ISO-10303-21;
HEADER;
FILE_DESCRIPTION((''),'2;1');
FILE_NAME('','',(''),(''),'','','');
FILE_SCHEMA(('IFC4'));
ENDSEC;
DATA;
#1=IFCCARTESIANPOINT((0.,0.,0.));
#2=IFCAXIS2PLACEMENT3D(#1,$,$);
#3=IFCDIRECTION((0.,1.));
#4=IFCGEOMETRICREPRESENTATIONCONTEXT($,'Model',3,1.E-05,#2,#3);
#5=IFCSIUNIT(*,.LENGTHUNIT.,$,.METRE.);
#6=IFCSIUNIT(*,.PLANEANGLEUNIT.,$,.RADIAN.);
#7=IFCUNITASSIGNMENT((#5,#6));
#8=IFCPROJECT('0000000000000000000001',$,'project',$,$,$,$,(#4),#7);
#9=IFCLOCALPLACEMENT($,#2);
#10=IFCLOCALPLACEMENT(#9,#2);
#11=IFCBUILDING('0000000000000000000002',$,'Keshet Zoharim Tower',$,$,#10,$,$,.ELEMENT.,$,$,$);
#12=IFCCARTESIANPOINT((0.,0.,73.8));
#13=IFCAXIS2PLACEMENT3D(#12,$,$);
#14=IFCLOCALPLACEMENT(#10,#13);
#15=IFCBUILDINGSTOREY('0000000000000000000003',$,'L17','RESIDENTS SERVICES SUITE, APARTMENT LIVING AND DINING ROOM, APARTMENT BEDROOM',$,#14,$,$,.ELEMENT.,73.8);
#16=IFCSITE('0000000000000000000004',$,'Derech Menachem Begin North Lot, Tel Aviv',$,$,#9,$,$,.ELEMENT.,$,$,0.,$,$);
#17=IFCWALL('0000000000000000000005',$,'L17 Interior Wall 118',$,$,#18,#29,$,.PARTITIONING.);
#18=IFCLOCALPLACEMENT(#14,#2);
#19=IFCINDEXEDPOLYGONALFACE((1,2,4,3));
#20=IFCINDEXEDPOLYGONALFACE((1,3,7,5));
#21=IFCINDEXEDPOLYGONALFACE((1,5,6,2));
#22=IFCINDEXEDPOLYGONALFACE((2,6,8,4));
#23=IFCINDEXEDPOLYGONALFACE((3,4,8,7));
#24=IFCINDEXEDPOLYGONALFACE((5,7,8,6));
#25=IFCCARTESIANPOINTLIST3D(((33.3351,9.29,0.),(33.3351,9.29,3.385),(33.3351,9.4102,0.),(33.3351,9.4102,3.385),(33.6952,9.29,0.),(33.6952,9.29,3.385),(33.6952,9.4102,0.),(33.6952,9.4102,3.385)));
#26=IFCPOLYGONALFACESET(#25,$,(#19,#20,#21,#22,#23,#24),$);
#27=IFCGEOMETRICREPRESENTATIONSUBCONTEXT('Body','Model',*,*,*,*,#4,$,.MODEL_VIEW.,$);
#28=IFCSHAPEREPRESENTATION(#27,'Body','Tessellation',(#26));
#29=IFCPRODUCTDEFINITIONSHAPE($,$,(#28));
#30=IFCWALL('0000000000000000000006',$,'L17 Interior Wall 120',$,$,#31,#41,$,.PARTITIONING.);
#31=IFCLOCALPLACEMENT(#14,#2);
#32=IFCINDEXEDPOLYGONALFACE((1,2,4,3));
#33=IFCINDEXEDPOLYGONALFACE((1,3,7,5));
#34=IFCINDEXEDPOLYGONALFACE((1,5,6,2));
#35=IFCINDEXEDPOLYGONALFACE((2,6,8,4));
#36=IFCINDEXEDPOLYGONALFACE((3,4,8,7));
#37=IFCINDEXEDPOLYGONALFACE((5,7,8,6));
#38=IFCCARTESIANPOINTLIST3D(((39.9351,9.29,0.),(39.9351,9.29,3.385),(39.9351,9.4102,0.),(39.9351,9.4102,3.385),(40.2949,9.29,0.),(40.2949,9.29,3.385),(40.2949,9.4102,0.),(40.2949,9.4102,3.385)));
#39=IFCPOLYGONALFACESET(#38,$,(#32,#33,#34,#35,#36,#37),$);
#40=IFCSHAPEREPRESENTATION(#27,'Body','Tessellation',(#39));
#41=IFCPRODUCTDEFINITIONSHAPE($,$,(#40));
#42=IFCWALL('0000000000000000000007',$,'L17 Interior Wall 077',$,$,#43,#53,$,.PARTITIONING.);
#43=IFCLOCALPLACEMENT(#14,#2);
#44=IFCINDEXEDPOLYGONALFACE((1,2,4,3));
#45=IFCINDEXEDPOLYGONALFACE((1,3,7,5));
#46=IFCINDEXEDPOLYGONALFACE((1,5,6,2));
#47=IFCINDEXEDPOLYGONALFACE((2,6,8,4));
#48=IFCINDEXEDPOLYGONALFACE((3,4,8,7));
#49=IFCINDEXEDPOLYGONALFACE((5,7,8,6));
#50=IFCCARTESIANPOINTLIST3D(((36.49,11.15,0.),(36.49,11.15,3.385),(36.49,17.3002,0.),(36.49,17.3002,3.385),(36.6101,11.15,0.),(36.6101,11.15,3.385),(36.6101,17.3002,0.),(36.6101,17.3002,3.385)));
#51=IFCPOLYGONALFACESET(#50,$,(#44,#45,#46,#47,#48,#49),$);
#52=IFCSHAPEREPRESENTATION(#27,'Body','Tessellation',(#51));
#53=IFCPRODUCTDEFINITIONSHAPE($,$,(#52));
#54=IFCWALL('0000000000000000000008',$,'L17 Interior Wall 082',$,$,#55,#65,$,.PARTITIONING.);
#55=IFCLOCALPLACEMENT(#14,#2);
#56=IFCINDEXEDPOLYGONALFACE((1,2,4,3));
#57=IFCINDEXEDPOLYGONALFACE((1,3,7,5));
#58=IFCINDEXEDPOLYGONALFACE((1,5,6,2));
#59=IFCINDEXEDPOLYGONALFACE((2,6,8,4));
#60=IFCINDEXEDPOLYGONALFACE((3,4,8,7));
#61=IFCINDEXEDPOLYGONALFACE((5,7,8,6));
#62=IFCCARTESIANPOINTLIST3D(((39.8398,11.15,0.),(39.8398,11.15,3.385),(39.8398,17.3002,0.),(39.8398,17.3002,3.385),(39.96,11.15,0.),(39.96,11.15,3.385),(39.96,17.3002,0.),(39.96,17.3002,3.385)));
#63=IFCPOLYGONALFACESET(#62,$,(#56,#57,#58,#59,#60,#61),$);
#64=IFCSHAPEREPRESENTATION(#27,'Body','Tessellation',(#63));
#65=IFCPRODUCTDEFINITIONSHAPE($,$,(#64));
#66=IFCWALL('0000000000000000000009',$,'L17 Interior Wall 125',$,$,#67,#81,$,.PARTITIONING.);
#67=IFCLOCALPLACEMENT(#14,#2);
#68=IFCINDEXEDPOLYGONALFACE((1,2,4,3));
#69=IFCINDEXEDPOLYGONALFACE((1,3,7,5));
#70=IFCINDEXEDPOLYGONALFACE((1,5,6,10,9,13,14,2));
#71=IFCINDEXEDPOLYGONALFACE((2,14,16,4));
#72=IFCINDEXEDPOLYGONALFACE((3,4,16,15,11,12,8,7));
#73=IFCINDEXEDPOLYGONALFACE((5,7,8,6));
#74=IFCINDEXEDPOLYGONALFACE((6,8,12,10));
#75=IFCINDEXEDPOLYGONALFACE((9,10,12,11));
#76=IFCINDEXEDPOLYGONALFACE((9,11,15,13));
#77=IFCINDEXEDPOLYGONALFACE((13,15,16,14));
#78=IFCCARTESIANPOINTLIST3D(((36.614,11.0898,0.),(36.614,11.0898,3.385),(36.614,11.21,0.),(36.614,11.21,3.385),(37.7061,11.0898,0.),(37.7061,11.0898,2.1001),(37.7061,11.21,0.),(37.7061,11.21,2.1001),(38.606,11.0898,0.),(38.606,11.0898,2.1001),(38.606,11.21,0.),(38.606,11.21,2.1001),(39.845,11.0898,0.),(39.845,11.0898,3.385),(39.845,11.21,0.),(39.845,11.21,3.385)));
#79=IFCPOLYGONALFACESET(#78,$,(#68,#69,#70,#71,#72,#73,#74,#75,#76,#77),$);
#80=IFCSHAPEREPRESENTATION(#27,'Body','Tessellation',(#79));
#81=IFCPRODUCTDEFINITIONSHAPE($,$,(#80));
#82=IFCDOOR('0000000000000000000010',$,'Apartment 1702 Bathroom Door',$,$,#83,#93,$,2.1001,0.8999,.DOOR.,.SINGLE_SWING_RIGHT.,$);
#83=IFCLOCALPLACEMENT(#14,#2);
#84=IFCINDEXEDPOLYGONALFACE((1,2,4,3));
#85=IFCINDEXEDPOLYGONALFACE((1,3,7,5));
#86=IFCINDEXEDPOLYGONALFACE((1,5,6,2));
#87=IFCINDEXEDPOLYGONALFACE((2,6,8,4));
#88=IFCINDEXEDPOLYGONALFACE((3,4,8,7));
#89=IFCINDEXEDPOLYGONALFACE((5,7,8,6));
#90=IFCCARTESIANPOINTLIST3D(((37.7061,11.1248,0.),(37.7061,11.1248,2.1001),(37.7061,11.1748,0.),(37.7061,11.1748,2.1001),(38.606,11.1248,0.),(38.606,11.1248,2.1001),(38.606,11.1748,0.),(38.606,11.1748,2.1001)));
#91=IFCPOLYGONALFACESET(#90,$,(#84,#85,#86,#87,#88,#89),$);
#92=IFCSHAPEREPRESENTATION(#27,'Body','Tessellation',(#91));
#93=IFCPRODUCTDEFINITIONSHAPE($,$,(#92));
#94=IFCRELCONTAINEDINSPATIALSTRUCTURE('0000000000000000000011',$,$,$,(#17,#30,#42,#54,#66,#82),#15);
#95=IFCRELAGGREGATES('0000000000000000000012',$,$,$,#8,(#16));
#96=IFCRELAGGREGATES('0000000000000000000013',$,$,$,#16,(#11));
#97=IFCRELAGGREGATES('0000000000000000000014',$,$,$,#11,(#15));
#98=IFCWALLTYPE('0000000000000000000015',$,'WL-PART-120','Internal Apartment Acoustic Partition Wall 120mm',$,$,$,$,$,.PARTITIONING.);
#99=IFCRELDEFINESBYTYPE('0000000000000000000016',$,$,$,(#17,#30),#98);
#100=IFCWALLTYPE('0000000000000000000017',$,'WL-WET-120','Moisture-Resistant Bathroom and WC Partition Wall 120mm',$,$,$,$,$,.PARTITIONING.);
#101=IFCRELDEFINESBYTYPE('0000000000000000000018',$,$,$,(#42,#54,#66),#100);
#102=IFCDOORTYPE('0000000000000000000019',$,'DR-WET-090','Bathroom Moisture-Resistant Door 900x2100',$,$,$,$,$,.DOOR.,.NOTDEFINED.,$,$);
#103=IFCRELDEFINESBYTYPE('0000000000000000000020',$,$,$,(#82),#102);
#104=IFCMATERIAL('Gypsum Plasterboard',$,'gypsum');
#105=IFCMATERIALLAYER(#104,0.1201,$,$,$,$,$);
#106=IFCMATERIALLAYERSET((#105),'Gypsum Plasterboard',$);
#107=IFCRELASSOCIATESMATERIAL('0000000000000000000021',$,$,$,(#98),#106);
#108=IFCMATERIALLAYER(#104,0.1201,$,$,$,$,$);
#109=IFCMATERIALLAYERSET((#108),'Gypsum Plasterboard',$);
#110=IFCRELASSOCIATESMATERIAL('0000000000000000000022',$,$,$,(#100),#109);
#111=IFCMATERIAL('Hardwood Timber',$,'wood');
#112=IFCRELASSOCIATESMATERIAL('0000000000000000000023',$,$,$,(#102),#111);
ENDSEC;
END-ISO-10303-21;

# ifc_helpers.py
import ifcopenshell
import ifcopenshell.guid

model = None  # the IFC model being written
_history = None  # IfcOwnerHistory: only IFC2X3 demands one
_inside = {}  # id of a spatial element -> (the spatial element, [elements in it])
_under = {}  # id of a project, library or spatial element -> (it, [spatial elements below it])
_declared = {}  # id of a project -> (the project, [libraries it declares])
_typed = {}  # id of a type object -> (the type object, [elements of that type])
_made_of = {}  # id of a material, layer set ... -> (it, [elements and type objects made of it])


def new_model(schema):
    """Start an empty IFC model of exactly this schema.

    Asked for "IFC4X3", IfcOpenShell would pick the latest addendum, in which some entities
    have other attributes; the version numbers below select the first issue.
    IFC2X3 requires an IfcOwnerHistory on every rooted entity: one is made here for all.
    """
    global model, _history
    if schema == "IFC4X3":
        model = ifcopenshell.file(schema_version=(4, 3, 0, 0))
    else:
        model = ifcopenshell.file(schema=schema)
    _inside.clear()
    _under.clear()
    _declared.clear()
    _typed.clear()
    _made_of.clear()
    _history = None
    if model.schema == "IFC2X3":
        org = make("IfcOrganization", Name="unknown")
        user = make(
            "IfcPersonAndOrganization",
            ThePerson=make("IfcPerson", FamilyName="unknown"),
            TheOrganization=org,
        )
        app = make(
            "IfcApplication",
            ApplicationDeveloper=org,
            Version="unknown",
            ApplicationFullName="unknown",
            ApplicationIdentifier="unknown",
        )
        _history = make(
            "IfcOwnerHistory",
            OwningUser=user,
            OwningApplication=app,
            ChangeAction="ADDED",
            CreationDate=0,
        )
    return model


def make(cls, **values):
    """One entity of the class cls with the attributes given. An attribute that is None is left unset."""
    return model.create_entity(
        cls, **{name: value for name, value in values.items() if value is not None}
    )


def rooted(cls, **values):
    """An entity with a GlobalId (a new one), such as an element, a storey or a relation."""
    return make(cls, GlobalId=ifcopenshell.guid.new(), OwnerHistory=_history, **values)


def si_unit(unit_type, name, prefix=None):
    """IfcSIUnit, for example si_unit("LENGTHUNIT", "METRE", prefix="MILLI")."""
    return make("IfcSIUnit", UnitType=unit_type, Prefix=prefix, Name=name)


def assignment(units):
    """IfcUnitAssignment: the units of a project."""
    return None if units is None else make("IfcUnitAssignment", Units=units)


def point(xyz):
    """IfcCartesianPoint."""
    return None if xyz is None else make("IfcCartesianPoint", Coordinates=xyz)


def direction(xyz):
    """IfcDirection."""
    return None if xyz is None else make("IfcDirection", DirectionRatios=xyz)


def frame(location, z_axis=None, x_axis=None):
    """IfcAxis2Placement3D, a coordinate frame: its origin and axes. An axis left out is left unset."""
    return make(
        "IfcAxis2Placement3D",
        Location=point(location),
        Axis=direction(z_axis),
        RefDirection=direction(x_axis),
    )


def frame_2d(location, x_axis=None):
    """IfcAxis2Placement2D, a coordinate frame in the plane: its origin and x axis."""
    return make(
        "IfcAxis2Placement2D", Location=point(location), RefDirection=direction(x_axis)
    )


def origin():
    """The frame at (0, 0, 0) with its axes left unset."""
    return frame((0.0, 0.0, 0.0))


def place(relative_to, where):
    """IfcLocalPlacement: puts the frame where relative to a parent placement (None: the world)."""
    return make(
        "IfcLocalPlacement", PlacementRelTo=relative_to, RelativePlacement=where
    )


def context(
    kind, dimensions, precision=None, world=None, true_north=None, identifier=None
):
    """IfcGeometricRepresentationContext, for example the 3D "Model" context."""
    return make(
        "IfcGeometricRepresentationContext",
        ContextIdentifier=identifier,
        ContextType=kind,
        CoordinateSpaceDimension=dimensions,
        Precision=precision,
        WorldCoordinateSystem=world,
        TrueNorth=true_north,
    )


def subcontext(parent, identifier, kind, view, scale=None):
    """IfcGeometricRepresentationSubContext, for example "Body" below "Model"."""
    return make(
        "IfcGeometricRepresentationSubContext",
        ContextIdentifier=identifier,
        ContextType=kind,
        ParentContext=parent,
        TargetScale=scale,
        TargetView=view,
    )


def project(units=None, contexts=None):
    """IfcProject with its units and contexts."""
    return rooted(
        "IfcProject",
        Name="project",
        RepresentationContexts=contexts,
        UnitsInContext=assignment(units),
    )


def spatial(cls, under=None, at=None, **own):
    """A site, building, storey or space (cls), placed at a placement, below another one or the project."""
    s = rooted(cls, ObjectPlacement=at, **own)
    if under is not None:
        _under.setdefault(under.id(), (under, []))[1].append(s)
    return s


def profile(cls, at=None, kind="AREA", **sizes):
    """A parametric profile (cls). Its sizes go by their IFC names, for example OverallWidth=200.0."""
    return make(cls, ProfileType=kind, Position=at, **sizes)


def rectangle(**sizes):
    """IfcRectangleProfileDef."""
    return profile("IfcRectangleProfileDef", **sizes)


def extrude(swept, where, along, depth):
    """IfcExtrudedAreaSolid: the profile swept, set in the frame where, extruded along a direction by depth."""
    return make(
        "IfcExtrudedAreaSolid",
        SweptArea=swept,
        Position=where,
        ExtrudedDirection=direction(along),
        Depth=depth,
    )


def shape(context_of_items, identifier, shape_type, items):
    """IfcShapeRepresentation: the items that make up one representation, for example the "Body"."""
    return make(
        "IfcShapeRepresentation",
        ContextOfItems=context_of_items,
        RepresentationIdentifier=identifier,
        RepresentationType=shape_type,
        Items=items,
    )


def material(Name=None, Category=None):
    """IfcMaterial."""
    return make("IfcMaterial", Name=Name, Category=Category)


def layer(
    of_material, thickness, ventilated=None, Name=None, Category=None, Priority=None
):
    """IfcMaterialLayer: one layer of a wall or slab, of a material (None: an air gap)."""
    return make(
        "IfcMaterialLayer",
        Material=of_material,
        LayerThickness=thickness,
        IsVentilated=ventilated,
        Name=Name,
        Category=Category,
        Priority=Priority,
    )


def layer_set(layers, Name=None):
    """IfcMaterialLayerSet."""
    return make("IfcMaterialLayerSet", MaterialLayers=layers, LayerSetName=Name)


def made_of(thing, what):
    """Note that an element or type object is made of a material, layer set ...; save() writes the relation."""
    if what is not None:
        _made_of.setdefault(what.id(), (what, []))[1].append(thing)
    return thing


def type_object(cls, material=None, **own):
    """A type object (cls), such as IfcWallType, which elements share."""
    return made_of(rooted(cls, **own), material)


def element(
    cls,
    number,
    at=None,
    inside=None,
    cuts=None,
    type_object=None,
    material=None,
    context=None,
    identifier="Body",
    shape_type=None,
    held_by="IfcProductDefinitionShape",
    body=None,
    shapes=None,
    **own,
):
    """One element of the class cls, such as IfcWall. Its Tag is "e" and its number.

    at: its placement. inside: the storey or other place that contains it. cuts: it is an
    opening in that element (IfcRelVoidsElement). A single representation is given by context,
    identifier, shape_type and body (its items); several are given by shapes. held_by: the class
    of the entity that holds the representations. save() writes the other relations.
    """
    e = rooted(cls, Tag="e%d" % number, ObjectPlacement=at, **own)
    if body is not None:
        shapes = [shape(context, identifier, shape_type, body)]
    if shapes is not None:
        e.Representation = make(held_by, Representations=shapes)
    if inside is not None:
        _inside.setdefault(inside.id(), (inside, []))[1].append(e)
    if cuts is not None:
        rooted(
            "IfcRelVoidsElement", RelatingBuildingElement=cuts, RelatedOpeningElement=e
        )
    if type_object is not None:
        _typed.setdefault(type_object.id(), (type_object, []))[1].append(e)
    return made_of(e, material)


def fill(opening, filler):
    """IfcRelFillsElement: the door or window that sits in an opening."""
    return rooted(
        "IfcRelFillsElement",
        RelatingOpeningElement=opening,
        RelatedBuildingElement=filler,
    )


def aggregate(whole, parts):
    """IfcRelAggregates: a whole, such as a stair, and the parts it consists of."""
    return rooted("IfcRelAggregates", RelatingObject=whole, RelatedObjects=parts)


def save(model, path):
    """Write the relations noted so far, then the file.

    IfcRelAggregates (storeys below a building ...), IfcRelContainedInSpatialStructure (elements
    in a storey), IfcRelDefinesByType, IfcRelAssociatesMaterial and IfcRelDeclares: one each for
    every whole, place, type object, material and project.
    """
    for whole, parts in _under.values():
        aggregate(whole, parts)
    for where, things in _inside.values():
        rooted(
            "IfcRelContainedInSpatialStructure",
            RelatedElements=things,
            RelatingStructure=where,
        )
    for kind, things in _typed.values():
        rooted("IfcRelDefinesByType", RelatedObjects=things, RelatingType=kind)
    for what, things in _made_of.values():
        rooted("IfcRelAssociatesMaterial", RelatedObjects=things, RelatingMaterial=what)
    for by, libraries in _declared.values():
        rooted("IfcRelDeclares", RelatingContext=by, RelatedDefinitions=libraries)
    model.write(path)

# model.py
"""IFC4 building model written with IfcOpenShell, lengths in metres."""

from ifc_helpers import new_model, si_unit, direction, frame, frame_2d, origin, place, context, subcontext, project, spatial, rectangle, extrude, material, layer, layer_set, type_object, element, fill, save


model = new_model("IFC4")

# Units and contexts
model_context = context("Model", 3, precision=1e-05, world=origin(), true_north=direction((0.0, 1.0)))
body_context = subcontext(model_context, "Body", "Model", "MODEL_VIEW")
ifc_project = project(units=[si_unit("LENGTHUNIT", "METRE"), si_unit("PLANEANGLEUNIT", "RADIAN")], contexts=[model_context])

# Site, building, storey
site_placement = place(None, origin())
site = spatial("IfcSite", under=ifc_project, at=site_placement, Name="Derech Menachem Begin North Lot, Tel Aviv", CompositionType="ELEMENT", RefElevation=0.0)
building_placement = place(site_placement, origin())
building = spatial("IfcBuilding", under=site, at=building_placement, Name="Keshet Zoharim Tower", CompositionType="ELEMENT")
storey_placement = place(building_placement, frame((0.0, 0.0, 73.8)))
storey = spatial("IfcBuildingStorey", under=building, at=storey_placement, Name="L17", Description="RESIDENTS SERVICES SUITE, APARTMENT LIVING AND DINING ROOM, APARTMENT BEDROOM", CompositionType="ELEMENT", Elevation=73.8)

# Shared definitions
ifc_material_1 = material(Name="Gypsum Plasterboard", Category="gypsum")

# Shared definitions
ifc_material_2 = material(Name="Hardwood Timber", Category="wood")

# Wall
ifc_layer_1 = layer(ifc_material_1, 0.1201)
ifc_layer_set_1 = layer_set([ifc_layer_1], Name="Gypsum Plasterboard")
wall_type_1 = type_object("IfcWallType", Name="WL-PART-120", Description="Internal Apartment Acoustic Partition Wall 120mm", PredefinedType="PARTITIONING", material=ifc_layer_set_1)
wall_1_placement = place(storey_placement, frame((33.335, 9.3501, 0.0), z_axis=(0.0, 0.0, 1.0), x_axis=(1.0, 0.0, 0.0)))
element("IfcWall", 1, at=wall_1_placement, inside=storey, type_object=wall_type_1, Name="L17 Interior Wall 118", PredefinedType="PARTITIONING", context=body_context, shape_type="SweptSolid", body=[
    extrude(rectangle(XDim=0.3601, YDim=0.1201, at=frame_2d((0.1802, 0.0))), origin(), (0.0, 0.0, 1.0), 3.385),
])

# Wall
wall_2_placement = place(storey_placement, frame((39.9351, 9.3501, 0.0), z_axis=(0.0, 0.0, 1.0), x_axis=(1.0, 0.0, 0.0)))
element("IfcWall", 2, at=wall_2_placement, inside=storey, type_object=wall_type_1, Name="L17 Interior Wall 120", PredefinedType="PARTITIONING", context=body_context, shape_type="SweptSolid", body=[
    extrude(rectangle(XDim=0.3599, YDim=0.1201, at=frame_2d((0.1799, 0.0))), origin(), (0.0, 0.0, 1.0), 3.385),
])

# Walls
ifc_layer_2 = layer(ifc_material_1, 0.1201)
ifc_layer_set_2 = layer_set([ifc_layer_2], Name="Gypsum Plasterboard")
wall_type_2 = type_object("IfcWallType", Name="WL-WET-120", Description="Moisture-Resistant Bathroom and WC Partition Wall 120mm", PredefinedType="PARTITIONING", material=ifc_layer_set_2)
for number, where, z_axis, x_axis, name in (
    (3, (36.55, 11.1499, 0.0), (0.0, 0.0, 1.0), (0.0, 1.0, 0.0), "L17 Interior Wall 077"),
    (4, (39.8999, 11.1499, 0.0), (0.0, 0.0, 1.0), (0.0, 1.0, 0.0), "L17 Interior Wall 082"),
):
    element("IfcWall", number, at=place(storey_placement, frame(where, z_axis=z_axis, x_axis=x_axis)), inside=storey, type_object=wall_type_2, Name=name, PredefinedType="PARTITIONING", context=body_context, shape_type="SweptSolid", body=[
        extrude(rectangle(XDim=6.1501, YDim=0.1201, at=frame_2d((3.0752, 0.0))), origin(), (0.0, 0.0, 1.0), 3.385),
    ])

# Wall, opening, door
wall_3_placement = place(storey_placement, frame((36.614, 11.1499, 0.0), z_axis=(0.0, 0.0, 1.0), x_axis=(1.0, 0.0, 0.0)))
wall_3 = element("IfcWall", 5, at=wall_3_placement, inside=storey, type_object=wall_type_2, Name="L17 Interior Wall 125", PredefinedType="PARTITIONING", context=body_context, shape_type="SweptSolid", body=[
    extrude(rectangle(XDim=3.231, YDim=0.1201, at=frame_2d((1.6155, 0.0))), origin(), (0.0, 0.0, 1.0), 3.385),
])
opening_1_placement = place(wall_3_placement, frame((1.092, 0.0, 0.0)))
opening_1 = element("IfcOpeningElement", 6, at=opening_1_placement, cuts=wall_3, PredefinedType="OPENING", context=body_context, shape_type="SweptSolid", body=[
    extrude(rectangle(XDim=0.8999, YDim=2.1001, at=frame_2d((0.45, 1.05))), frame((0.0, 0.0701, 0.0), z_axis=(0.0, -1.0, 0.0), x_axis=(1.0, 0.0, 0.0)), (0.0, 0.0, 1.0), 0.1401),
])
door_type_1 = type_object("IfcDoorType", Name="DR-WET-090", Description="Bathroom Moisture-Resistant Door 900x2100", OperationType="NOTDEFINED", PredefinedType="DOOR", material=ifc_material_2)
door_1_placement = place(opening_1_placement, origin())
door_1 = element("IfcDoor", 7, at=door_1_placement, inside=storey, type_object=door_type_1, Name="Apartment 1702 Bathroom Door", OperationType="SINGLE_SWING_RIGHT", OverallHeight=2.1001, OverallWidth=0.8999, PredefinedType="DOOR", context=body_context, shape_type="SweptSolid", body=[
    extrude(rectangle(XDim=0.8999, YDim=2.1001, at=frame_2d((0.45, 1.05))), frame((0.0, 0.0249, 0.0), z_axis=(0.0, -1.0, 0.0), x_axis=(1.0, 0.0, 0.0)), (0.0, 0.0, 1.0), 0.05),
])
fill(opening_1, door_1)

save(model, "model.ifc")
